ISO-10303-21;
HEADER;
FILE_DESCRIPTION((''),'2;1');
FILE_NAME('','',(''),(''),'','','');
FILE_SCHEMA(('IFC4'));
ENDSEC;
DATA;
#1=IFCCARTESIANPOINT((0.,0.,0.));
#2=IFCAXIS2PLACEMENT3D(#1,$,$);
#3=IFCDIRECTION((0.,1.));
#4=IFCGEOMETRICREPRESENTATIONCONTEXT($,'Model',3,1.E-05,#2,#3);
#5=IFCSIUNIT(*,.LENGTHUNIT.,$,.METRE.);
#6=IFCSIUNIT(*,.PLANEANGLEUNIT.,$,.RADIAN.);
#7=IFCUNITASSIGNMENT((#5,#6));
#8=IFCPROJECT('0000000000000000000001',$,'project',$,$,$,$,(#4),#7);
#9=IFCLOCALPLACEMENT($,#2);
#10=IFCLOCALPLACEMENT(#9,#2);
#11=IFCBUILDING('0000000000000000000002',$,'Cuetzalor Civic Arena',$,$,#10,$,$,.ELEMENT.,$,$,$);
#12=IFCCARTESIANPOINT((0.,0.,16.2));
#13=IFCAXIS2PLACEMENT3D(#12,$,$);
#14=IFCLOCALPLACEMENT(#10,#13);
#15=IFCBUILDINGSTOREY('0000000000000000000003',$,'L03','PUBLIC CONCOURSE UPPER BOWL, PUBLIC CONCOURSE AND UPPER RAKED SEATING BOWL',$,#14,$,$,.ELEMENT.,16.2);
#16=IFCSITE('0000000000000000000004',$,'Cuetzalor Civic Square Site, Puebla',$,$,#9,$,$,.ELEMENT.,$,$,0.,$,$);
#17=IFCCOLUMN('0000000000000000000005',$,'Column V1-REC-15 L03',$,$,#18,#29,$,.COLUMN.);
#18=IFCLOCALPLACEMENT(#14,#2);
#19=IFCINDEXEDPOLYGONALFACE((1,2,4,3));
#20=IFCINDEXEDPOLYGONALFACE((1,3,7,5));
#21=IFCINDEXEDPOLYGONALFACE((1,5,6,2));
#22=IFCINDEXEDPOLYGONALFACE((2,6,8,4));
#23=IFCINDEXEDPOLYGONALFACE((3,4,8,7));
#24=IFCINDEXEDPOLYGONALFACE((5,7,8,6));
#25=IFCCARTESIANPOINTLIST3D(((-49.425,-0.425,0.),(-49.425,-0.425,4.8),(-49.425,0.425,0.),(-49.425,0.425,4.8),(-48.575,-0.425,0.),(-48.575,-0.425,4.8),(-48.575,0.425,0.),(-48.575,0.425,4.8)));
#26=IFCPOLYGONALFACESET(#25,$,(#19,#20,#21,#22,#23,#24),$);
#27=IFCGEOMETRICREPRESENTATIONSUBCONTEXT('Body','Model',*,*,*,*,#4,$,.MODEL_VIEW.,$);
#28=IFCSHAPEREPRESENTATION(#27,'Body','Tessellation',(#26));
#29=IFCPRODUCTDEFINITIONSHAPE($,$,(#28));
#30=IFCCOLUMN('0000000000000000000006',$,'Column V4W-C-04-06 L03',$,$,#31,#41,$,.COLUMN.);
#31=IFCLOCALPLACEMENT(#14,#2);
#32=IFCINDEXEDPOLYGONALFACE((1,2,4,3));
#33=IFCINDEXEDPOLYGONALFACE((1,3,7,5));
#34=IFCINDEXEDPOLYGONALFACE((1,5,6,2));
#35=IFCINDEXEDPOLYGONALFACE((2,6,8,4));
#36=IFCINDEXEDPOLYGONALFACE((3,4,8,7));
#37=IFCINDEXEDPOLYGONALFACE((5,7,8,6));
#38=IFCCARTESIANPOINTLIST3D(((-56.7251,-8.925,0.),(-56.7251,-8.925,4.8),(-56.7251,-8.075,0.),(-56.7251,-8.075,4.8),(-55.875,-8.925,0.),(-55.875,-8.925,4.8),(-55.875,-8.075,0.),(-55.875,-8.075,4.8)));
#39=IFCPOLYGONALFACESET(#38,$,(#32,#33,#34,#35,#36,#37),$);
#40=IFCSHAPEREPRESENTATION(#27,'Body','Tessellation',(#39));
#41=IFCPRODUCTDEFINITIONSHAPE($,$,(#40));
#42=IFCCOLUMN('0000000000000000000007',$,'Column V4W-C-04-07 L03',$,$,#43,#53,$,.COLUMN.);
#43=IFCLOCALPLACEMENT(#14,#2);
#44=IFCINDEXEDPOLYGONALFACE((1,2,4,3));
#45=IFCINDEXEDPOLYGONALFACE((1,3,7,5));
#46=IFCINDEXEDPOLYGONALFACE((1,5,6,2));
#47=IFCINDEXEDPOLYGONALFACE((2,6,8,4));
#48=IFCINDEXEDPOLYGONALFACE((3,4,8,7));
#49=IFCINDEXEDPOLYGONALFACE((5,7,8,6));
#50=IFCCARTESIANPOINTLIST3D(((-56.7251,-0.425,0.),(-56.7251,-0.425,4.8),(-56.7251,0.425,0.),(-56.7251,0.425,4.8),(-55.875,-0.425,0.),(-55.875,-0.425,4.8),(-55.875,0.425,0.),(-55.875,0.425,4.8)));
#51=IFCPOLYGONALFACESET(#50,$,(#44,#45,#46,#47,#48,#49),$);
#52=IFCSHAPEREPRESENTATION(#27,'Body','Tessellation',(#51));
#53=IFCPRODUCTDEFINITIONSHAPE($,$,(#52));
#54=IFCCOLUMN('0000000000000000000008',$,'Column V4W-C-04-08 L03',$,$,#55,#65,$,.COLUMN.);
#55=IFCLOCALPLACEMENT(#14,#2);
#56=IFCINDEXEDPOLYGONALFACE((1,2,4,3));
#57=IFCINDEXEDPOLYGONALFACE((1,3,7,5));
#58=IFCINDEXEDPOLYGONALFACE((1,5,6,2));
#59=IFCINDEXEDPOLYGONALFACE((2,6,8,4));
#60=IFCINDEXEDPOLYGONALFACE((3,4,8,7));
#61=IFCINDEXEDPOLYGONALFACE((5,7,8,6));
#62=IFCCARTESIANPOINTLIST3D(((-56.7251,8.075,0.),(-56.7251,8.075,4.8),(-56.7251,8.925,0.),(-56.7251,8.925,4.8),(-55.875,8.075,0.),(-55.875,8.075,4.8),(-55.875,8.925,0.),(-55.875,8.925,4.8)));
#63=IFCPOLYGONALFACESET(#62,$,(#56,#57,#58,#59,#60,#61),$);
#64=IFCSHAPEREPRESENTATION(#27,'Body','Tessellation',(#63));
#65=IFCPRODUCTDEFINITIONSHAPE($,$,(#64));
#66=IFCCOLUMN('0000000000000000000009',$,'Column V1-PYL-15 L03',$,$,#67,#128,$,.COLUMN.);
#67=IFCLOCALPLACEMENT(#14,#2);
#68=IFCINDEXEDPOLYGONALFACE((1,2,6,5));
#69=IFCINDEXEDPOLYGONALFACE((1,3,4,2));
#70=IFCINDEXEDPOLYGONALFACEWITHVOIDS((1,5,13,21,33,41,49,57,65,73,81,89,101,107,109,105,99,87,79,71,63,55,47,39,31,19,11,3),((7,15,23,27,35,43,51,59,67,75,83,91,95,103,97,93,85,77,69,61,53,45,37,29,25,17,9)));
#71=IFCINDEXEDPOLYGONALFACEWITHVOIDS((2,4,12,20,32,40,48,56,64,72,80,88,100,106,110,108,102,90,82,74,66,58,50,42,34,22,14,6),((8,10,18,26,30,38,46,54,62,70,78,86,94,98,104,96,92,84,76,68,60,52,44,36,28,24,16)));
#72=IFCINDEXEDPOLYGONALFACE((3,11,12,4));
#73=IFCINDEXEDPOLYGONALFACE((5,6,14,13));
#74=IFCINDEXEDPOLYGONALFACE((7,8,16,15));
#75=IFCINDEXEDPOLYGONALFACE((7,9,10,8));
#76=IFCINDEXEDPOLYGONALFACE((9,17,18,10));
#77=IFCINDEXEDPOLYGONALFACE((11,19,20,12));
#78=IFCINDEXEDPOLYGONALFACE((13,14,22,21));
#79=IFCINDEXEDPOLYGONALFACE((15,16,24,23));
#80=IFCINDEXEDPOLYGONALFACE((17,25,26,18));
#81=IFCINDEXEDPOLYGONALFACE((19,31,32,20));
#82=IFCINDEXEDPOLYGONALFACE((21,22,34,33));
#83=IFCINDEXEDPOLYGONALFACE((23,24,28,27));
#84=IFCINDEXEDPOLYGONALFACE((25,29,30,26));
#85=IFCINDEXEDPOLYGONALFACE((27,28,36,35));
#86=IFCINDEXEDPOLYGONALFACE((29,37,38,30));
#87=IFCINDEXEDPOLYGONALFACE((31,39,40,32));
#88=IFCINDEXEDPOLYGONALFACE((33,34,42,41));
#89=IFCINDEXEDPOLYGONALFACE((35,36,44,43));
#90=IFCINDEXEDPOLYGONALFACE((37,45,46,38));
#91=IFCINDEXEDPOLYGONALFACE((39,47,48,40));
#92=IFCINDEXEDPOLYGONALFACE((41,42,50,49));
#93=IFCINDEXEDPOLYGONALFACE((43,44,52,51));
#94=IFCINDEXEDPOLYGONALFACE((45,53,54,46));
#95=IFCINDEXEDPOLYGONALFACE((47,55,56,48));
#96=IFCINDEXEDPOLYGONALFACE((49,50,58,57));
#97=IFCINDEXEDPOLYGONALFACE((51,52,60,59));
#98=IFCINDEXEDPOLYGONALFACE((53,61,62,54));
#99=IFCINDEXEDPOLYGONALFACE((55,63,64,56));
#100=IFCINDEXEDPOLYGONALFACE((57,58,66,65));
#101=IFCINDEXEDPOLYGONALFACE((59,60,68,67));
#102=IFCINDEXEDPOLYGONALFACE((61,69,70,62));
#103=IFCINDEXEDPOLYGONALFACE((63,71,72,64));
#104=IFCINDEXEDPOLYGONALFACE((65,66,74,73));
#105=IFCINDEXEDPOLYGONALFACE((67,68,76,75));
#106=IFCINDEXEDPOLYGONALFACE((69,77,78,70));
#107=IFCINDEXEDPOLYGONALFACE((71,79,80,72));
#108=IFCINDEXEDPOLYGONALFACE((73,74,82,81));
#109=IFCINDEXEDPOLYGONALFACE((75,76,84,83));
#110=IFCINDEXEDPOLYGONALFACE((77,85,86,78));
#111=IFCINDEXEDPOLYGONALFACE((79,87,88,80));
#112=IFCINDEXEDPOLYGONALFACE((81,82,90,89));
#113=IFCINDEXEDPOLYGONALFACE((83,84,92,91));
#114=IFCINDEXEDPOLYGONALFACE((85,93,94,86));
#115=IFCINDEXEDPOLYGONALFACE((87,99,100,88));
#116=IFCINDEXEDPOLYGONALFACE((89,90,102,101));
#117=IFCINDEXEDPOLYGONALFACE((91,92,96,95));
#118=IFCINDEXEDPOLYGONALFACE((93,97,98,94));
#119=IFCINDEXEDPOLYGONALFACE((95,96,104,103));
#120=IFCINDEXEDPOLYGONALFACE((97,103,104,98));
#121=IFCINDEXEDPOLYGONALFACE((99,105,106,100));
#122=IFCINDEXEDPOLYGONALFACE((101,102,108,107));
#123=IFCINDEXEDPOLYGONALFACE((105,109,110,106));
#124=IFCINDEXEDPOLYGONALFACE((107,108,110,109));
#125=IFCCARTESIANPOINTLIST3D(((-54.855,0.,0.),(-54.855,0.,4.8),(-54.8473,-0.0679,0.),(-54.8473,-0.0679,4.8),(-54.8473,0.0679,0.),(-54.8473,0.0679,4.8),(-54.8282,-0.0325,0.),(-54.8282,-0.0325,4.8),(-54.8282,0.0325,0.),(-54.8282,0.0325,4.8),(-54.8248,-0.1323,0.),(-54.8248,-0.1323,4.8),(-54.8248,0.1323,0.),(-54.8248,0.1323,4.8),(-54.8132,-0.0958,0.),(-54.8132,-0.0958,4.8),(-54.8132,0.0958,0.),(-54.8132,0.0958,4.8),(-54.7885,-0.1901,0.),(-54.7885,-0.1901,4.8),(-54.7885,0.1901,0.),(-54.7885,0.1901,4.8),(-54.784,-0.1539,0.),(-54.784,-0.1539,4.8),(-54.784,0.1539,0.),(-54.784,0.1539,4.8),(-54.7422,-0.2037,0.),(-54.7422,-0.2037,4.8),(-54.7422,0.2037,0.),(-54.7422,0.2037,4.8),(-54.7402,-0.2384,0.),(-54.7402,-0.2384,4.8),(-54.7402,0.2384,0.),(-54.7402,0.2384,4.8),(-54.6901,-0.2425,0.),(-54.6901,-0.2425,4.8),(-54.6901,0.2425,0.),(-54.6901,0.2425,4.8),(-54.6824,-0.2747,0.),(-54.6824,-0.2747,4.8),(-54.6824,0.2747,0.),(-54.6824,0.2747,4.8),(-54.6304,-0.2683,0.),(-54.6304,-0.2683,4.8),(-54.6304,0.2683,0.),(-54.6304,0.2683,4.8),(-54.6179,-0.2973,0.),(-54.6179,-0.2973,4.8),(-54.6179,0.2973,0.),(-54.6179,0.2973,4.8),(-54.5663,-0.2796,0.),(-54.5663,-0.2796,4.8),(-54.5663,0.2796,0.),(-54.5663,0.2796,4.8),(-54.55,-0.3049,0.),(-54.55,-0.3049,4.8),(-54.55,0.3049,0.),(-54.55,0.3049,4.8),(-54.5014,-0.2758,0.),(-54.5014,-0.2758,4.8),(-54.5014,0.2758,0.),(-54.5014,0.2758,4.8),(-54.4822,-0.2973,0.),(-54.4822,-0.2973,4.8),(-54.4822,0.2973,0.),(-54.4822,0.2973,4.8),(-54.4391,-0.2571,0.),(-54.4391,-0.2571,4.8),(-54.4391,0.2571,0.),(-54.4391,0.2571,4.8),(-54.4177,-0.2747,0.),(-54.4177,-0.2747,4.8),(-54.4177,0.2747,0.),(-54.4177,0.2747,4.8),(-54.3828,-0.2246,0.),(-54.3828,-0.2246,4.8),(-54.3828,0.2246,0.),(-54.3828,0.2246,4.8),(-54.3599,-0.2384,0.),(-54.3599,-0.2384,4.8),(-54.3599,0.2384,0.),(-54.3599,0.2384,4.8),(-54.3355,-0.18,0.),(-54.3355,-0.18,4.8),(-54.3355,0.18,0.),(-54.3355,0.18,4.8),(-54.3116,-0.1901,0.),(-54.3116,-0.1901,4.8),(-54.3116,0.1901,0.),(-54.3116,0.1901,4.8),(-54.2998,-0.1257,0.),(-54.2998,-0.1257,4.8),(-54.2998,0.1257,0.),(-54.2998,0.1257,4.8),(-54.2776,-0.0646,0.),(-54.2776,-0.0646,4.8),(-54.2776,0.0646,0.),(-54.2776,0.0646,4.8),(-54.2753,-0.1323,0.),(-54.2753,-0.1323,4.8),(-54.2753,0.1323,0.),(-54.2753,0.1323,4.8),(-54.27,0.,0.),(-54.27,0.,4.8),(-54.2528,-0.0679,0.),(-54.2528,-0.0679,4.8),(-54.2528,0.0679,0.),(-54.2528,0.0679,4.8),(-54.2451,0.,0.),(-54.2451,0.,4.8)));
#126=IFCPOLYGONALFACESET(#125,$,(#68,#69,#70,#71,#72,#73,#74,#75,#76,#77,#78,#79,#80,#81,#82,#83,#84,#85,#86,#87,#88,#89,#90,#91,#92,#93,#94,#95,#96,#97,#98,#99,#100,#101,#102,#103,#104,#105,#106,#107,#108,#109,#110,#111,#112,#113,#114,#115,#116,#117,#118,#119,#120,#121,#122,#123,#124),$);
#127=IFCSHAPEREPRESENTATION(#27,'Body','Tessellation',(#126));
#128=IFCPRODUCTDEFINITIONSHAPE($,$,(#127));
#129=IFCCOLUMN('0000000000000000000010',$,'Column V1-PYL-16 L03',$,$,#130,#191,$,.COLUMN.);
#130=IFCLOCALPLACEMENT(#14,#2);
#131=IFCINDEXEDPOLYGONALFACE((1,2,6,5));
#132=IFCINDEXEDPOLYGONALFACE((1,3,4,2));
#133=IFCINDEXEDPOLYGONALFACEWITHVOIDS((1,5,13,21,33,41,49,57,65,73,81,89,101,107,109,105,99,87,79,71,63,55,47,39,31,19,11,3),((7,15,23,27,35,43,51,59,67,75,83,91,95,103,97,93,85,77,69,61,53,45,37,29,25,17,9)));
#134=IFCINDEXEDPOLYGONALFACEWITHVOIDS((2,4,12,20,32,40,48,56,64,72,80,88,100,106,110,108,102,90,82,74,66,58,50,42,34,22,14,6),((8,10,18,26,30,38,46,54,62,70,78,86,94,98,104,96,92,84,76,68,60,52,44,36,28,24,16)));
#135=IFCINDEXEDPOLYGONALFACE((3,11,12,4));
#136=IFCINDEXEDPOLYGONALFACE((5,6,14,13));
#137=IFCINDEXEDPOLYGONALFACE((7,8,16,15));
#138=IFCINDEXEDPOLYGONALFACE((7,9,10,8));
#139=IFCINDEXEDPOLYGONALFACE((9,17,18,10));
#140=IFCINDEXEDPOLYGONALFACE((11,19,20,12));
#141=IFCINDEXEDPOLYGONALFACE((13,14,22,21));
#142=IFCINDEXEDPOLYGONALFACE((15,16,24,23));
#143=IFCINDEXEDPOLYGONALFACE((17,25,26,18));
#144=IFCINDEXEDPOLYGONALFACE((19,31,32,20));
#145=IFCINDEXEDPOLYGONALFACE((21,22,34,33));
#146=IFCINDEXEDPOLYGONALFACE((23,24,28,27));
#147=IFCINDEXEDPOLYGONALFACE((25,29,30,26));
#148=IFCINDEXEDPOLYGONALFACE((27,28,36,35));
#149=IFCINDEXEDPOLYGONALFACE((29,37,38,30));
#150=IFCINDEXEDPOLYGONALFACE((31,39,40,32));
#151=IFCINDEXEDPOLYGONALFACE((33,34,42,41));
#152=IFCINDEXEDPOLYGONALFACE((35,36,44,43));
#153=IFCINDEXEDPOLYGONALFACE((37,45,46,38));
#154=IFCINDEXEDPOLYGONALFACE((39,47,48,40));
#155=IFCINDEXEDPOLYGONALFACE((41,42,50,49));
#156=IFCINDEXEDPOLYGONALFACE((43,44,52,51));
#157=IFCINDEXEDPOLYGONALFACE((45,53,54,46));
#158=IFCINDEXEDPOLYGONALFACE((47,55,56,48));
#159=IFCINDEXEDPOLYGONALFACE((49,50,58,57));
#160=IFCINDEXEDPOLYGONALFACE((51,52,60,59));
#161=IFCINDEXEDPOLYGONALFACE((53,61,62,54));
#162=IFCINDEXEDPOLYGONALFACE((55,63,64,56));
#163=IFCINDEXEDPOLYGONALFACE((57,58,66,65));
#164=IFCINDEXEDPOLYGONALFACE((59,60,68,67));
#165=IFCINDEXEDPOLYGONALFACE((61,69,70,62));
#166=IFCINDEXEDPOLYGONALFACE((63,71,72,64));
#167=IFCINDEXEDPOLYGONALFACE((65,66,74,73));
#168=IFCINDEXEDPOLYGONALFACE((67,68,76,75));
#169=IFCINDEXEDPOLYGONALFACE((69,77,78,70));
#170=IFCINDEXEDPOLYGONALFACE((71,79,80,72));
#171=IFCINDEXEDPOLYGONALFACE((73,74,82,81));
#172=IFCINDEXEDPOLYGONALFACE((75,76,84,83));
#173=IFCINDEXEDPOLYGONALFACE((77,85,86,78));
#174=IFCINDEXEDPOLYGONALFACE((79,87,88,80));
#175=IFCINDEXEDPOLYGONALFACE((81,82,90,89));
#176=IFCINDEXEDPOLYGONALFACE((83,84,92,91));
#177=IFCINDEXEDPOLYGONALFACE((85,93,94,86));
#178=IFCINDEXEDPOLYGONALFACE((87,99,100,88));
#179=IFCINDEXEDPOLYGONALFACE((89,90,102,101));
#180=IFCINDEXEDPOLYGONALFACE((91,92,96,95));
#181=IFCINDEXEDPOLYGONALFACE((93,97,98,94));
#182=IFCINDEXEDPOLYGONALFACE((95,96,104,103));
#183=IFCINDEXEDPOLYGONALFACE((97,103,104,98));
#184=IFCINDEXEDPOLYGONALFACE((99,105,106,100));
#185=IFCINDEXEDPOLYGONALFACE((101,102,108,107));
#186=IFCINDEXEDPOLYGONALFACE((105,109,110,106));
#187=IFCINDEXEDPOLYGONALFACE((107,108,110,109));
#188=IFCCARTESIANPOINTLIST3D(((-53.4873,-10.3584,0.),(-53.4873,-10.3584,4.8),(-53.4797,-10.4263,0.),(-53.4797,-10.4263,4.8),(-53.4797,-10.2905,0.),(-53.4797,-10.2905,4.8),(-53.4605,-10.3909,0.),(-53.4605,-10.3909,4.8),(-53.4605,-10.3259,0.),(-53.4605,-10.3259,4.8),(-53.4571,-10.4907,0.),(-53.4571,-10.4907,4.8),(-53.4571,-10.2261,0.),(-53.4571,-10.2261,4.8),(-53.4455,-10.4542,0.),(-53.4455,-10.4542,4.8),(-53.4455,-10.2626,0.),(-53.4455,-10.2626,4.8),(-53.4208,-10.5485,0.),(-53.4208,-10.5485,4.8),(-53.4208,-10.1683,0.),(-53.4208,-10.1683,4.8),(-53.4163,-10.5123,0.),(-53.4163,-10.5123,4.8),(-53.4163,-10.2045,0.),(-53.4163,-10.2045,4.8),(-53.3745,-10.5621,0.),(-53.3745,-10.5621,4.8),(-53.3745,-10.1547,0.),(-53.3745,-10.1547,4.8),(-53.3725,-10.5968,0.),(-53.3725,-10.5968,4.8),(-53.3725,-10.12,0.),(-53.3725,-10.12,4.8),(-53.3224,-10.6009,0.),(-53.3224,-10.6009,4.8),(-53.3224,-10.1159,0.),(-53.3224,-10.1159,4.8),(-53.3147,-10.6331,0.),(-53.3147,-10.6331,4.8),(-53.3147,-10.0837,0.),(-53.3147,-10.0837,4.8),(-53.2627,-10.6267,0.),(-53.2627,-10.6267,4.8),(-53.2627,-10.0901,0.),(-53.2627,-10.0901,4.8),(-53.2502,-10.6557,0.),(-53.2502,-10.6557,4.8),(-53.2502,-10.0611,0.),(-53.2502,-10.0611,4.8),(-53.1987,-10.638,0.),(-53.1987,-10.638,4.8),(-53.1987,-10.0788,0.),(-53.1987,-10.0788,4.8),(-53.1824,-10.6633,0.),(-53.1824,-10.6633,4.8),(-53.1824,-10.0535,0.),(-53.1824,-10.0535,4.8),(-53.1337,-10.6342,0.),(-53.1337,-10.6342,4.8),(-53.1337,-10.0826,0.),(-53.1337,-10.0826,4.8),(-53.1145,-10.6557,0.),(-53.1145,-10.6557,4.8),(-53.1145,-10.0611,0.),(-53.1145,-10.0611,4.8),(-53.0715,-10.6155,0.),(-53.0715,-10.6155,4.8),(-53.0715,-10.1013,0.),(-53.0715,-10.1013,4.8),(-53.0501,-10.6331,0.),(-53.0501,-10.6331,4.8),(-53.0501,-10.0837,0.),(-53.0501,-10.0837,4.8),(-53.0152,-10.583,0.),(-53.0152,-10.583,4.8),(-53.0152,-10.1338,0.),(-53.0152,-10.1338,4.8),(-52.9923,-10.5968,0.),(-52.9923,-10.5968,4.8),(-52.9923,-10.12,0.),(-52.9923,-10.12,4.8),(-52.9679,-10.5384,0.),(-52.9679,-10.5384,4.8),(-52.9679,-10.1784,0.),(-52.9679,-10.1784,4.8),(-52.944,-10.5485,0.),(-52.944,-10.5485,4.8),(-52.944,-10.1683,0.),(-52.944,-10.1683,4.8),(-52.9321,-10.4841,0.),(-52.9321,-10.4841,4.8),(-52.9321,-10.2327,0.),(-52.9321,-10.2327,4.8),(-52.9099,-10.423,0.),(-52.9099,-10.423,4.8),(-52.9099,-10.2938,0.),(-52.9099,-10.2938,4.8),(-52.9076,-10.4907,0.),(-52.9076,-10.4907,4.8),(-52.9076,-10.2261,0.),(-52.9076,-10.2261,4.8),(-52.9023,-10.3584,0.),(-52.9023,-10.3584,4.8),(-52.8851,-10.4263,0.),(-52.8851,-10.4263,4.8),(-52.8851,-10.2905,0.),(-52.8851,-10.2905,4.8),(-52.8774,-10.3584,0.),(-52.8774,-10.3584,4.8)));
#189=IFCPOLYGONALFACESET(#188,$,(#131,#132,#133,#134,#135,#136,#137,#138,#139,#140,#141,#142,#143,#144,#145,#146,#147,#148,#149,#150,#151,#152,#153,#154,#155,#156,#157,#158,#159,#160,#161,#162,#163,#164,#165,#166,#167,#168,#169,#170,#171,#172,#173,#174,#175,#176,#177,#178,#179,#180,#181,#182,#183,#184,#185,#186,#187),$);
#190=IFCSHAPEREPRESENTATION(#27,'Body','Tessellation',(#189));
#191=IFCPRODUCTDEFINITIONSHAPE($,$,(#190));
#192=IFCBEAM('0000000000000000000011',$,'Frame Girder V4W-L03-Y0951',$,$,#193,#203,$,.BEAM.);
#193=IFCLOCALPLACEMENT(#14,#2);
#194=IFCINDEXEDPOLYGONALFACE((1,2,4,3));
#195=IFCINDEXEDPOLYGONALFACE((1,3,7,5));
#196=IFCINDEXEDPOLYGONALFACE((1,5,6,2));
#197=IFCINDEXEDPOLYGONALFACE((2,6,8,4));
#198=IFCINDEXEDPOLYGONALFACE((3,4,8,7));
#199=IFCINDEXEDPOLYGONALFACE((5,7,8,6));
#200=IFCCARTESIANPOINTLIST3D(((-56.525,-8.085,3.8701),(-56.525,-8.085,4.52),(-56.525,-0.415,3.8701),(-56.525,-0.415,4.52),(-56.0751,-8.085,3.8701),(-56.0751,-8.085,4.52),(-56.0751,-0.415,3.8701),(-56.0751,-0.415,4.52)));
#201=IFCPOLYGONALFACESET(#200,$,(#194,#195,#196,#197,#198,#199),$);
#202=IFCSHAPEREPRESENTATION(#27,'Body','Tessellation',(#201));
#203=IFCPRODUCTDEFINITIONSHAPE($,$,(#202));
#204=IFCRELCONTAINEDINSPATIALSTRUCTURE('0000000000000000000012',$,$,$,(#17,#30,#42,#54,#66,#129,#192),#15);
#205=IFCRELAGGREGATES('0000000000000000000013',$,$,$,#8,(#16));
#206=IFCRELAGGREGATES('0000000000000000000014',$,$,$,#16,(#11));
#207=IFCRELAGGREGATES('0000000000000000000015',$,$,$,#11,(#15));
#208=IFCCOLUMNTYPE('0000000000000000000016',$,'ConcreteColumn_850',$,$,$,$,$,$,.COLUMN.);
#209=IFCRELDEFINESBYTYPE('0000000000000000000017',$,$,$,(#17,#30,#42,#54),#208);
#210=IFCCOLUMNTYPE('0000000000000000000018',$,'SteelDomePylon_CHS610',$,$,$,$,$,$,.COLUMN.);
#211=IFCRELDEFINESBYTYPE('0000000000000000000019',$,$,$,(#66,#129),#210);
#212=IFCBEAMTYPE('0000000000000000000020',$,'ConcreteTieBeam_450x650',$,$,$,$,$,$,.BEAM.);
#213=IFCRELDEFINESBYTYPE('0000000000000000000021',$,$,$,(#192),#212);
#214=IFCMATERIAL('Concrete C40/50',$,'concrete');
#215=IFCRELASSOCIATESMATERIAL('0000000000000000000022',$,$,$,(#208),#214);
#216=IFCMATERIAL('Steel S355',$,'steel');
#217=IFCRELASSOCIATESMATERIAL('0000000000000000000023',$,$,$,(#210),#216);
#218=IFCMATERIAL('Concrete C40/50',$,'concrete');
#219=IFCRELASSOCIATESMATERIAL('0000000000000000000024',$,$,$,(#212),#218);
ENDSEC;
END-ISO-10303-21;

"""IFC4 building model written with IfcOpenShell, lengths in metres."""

from ifc_helpers import new_model, si_unit, direction, frame, origin, origin_2d, place, context, subcontext, project, spatial, rectangle, hollow_circle, extrude, material, material_profile, profile_set, type_object, element, save


model = new_model("IFC4")

# Units and contexts
model_context = context("Model", 3, precision=1e-05, world=origin(), true_north=direction((0.0, 1.0)))
body_context = subcontext(model_context, "Body", "Model", "MODEL_VIEW")
ifc_project = project(units=[si_unit("LENGTHUNIT", "METRE"), si_unit("PLANEANGLEUNIT", "RADIAN")], contexts=[model_context])

# Site, building, storey
site_placement = place(None, origin())
site = spatial("IfcSite", under=ifc_project, at=site_placement, Name="Cuetzalor Civic Square Site, Puebla", CompositionType="ELEMENT", RefElevation=0.0)
building_placement = place(site_placement, origin())
building = spatial("IfcBuilding", under=site, at=building_placement, Name="Cuetzalor Civic Arena", CompositionType="ELEMENT")
storey_placement = place(building_placement, frame((0.0, 0.0, 16.2)))
storey = spatial("IfcBuildingStorey", under=building, at=storey_placement, Name="L03", Description="PUBLIC CONCOURSE UPPER BOWL, PUBLIC CONCOURSE AND UPPER RAKED SEATING BOWL", CompositionType="ELEMENT", Elevation=16.2)

# Columns
ifc_material_1 = material(Name="Concrete C40/50", Category="concrete")
ifc_material_profile_1 = material_profile(ifc_material_1, rectangle(XDim=0.8501, YDim=0.8501, at=origin_2d()), Name="RC 850x850")
ifc_profile_set_1 = profile_set([ifc_material_profile_1], Name="Concrete C40/50")
column_type_1 = type_object("IfcColumnType", Name="ConcreteColumn_850", PredefinedType="COLUMN", material=ifc_profile_set_1)
for number, where, z_axis, x_axis, name in (
    (1, (-49.0, 0.0, 0.0), (0.0, 0.0, 1.0), (1.0, 0.0, 0.0), "Column V1-REC-15 L03"),
    (2, (-56.3, -8.5, 0.0), (0.0, 0.0, 1.0), (1.0, 0.0, 0.0), "Column V4W-C-04-06 L03"),
    (3, (-56.3, 0.0, 0.0), (0.0, 0.0, 1.0), (1.0, 0.0, 0.0), "Column V4W-C-04-07 L03"),
    (4, (-56.3, 8.5, 0.0), (0.0, 0.0, 1.0), (1.0, 0.0, 0.0), "Column V4W-C-04-08 L03"),
):
    element("IfcColumn", number, at=place(storey_placement, frame(where, z_axis=z_axis, x_axis=x_axis)), inside=storey, type_object=column_type_1, Name=name, PredefinedType="COLUMN", context=body_context, shape_type="SweptSolid", body=[
        extrude(rectangle(XDim=0.8501, YDim=0.8501, at=origin_2d()), origin(), (0.0, 0.0, 1.0), 4.8),
    ])
ifc_material_2 = material(Name="Steel S355", Category="steel")
ifc_material_profile_2 = material_profile(ifc_material_2, hollow_circle(Radius=0.3049, WallThickness=0.0249, at=origin_2d()), Name="CHS 610x25")
ifc_profile_set_2 = profile_set([ifc_material_profile_2], Name="Steel S355")
column_type_2 = type_object("IfcColumnType", Name="SteelDomePylon_CHS610", PredefinedType="COLUMN", material=ifc_profile_set_2)
for number, where, z_axis, x_axis, name in (
    (5, (-54.55, 0.0, 0.0), (0.0, 0.0, 1.0), (1.0, 0.0, 0.0), "Column V1-PYL-15 L03"),
    (6, (-53.1824, -10.3584, 0.0), (0.0, 0.0, 1.0), (1.0, 0.0, 0.0), "Column V1-PYL-16 L03"),
):
    element("IfcColumn", number, at=place(storey_placement, frame(where, z_axis=z_axis, x_axis=x_axis)), inside=storey, type_object=column_type_2, Name=name, PredefinedType="COLUMN", context=body_context, shape_type="SweptSolid", body=[
        extrude(hollow_circle(Radius=0.3049, WallThickness=0.0249, at=origin_2d()), origin(), (0.0, 0.0, 1.0), 4.8),
    ])

# Beam
ifc_material_3 = material(Name="Concrete C40/50", Category="concrete")
ifc_material_profile_3 = material_profile(ifc_material_3, rectangle(XDim=0.45, YDim=0.6499, at=origin_2d()), Name="RC 450x650")
ifc_profile_set_3 = profile_set([ifc_material_profile_3], Name="Concrete C40/50")
beam_type_1 = type_object("IfcBeamType", Name="ConcreteTieBeam_450x650", PredefinedType="BEAM", material=ifc_profile_set_3)
for number, where, z_axis, x_axis, name in (
    (7, (-56.3, -8.085, 4.1951), (0.0, 1.0, 0.0), (-1.0, 0.0, 0.0), "Frame Girder V4W-L03-Y0951"),
):
    element("IfcBeam", number, at=place(storey_placement, frame(where, z_axis=z_axis, x_axis=x_axis)), inside=storey, type_object=beam_type_1, Name=name, PredefinedType="BEAM", context=body_context, shape_type="SweptSolid", body=[
        extrude(rectangle(XDim=0.45, YDim=0.6499, at=origin_2d()), origin(), (0.0, 0.0, 1.0), 7.6699),
    ])

save(model, "model.ifc")
